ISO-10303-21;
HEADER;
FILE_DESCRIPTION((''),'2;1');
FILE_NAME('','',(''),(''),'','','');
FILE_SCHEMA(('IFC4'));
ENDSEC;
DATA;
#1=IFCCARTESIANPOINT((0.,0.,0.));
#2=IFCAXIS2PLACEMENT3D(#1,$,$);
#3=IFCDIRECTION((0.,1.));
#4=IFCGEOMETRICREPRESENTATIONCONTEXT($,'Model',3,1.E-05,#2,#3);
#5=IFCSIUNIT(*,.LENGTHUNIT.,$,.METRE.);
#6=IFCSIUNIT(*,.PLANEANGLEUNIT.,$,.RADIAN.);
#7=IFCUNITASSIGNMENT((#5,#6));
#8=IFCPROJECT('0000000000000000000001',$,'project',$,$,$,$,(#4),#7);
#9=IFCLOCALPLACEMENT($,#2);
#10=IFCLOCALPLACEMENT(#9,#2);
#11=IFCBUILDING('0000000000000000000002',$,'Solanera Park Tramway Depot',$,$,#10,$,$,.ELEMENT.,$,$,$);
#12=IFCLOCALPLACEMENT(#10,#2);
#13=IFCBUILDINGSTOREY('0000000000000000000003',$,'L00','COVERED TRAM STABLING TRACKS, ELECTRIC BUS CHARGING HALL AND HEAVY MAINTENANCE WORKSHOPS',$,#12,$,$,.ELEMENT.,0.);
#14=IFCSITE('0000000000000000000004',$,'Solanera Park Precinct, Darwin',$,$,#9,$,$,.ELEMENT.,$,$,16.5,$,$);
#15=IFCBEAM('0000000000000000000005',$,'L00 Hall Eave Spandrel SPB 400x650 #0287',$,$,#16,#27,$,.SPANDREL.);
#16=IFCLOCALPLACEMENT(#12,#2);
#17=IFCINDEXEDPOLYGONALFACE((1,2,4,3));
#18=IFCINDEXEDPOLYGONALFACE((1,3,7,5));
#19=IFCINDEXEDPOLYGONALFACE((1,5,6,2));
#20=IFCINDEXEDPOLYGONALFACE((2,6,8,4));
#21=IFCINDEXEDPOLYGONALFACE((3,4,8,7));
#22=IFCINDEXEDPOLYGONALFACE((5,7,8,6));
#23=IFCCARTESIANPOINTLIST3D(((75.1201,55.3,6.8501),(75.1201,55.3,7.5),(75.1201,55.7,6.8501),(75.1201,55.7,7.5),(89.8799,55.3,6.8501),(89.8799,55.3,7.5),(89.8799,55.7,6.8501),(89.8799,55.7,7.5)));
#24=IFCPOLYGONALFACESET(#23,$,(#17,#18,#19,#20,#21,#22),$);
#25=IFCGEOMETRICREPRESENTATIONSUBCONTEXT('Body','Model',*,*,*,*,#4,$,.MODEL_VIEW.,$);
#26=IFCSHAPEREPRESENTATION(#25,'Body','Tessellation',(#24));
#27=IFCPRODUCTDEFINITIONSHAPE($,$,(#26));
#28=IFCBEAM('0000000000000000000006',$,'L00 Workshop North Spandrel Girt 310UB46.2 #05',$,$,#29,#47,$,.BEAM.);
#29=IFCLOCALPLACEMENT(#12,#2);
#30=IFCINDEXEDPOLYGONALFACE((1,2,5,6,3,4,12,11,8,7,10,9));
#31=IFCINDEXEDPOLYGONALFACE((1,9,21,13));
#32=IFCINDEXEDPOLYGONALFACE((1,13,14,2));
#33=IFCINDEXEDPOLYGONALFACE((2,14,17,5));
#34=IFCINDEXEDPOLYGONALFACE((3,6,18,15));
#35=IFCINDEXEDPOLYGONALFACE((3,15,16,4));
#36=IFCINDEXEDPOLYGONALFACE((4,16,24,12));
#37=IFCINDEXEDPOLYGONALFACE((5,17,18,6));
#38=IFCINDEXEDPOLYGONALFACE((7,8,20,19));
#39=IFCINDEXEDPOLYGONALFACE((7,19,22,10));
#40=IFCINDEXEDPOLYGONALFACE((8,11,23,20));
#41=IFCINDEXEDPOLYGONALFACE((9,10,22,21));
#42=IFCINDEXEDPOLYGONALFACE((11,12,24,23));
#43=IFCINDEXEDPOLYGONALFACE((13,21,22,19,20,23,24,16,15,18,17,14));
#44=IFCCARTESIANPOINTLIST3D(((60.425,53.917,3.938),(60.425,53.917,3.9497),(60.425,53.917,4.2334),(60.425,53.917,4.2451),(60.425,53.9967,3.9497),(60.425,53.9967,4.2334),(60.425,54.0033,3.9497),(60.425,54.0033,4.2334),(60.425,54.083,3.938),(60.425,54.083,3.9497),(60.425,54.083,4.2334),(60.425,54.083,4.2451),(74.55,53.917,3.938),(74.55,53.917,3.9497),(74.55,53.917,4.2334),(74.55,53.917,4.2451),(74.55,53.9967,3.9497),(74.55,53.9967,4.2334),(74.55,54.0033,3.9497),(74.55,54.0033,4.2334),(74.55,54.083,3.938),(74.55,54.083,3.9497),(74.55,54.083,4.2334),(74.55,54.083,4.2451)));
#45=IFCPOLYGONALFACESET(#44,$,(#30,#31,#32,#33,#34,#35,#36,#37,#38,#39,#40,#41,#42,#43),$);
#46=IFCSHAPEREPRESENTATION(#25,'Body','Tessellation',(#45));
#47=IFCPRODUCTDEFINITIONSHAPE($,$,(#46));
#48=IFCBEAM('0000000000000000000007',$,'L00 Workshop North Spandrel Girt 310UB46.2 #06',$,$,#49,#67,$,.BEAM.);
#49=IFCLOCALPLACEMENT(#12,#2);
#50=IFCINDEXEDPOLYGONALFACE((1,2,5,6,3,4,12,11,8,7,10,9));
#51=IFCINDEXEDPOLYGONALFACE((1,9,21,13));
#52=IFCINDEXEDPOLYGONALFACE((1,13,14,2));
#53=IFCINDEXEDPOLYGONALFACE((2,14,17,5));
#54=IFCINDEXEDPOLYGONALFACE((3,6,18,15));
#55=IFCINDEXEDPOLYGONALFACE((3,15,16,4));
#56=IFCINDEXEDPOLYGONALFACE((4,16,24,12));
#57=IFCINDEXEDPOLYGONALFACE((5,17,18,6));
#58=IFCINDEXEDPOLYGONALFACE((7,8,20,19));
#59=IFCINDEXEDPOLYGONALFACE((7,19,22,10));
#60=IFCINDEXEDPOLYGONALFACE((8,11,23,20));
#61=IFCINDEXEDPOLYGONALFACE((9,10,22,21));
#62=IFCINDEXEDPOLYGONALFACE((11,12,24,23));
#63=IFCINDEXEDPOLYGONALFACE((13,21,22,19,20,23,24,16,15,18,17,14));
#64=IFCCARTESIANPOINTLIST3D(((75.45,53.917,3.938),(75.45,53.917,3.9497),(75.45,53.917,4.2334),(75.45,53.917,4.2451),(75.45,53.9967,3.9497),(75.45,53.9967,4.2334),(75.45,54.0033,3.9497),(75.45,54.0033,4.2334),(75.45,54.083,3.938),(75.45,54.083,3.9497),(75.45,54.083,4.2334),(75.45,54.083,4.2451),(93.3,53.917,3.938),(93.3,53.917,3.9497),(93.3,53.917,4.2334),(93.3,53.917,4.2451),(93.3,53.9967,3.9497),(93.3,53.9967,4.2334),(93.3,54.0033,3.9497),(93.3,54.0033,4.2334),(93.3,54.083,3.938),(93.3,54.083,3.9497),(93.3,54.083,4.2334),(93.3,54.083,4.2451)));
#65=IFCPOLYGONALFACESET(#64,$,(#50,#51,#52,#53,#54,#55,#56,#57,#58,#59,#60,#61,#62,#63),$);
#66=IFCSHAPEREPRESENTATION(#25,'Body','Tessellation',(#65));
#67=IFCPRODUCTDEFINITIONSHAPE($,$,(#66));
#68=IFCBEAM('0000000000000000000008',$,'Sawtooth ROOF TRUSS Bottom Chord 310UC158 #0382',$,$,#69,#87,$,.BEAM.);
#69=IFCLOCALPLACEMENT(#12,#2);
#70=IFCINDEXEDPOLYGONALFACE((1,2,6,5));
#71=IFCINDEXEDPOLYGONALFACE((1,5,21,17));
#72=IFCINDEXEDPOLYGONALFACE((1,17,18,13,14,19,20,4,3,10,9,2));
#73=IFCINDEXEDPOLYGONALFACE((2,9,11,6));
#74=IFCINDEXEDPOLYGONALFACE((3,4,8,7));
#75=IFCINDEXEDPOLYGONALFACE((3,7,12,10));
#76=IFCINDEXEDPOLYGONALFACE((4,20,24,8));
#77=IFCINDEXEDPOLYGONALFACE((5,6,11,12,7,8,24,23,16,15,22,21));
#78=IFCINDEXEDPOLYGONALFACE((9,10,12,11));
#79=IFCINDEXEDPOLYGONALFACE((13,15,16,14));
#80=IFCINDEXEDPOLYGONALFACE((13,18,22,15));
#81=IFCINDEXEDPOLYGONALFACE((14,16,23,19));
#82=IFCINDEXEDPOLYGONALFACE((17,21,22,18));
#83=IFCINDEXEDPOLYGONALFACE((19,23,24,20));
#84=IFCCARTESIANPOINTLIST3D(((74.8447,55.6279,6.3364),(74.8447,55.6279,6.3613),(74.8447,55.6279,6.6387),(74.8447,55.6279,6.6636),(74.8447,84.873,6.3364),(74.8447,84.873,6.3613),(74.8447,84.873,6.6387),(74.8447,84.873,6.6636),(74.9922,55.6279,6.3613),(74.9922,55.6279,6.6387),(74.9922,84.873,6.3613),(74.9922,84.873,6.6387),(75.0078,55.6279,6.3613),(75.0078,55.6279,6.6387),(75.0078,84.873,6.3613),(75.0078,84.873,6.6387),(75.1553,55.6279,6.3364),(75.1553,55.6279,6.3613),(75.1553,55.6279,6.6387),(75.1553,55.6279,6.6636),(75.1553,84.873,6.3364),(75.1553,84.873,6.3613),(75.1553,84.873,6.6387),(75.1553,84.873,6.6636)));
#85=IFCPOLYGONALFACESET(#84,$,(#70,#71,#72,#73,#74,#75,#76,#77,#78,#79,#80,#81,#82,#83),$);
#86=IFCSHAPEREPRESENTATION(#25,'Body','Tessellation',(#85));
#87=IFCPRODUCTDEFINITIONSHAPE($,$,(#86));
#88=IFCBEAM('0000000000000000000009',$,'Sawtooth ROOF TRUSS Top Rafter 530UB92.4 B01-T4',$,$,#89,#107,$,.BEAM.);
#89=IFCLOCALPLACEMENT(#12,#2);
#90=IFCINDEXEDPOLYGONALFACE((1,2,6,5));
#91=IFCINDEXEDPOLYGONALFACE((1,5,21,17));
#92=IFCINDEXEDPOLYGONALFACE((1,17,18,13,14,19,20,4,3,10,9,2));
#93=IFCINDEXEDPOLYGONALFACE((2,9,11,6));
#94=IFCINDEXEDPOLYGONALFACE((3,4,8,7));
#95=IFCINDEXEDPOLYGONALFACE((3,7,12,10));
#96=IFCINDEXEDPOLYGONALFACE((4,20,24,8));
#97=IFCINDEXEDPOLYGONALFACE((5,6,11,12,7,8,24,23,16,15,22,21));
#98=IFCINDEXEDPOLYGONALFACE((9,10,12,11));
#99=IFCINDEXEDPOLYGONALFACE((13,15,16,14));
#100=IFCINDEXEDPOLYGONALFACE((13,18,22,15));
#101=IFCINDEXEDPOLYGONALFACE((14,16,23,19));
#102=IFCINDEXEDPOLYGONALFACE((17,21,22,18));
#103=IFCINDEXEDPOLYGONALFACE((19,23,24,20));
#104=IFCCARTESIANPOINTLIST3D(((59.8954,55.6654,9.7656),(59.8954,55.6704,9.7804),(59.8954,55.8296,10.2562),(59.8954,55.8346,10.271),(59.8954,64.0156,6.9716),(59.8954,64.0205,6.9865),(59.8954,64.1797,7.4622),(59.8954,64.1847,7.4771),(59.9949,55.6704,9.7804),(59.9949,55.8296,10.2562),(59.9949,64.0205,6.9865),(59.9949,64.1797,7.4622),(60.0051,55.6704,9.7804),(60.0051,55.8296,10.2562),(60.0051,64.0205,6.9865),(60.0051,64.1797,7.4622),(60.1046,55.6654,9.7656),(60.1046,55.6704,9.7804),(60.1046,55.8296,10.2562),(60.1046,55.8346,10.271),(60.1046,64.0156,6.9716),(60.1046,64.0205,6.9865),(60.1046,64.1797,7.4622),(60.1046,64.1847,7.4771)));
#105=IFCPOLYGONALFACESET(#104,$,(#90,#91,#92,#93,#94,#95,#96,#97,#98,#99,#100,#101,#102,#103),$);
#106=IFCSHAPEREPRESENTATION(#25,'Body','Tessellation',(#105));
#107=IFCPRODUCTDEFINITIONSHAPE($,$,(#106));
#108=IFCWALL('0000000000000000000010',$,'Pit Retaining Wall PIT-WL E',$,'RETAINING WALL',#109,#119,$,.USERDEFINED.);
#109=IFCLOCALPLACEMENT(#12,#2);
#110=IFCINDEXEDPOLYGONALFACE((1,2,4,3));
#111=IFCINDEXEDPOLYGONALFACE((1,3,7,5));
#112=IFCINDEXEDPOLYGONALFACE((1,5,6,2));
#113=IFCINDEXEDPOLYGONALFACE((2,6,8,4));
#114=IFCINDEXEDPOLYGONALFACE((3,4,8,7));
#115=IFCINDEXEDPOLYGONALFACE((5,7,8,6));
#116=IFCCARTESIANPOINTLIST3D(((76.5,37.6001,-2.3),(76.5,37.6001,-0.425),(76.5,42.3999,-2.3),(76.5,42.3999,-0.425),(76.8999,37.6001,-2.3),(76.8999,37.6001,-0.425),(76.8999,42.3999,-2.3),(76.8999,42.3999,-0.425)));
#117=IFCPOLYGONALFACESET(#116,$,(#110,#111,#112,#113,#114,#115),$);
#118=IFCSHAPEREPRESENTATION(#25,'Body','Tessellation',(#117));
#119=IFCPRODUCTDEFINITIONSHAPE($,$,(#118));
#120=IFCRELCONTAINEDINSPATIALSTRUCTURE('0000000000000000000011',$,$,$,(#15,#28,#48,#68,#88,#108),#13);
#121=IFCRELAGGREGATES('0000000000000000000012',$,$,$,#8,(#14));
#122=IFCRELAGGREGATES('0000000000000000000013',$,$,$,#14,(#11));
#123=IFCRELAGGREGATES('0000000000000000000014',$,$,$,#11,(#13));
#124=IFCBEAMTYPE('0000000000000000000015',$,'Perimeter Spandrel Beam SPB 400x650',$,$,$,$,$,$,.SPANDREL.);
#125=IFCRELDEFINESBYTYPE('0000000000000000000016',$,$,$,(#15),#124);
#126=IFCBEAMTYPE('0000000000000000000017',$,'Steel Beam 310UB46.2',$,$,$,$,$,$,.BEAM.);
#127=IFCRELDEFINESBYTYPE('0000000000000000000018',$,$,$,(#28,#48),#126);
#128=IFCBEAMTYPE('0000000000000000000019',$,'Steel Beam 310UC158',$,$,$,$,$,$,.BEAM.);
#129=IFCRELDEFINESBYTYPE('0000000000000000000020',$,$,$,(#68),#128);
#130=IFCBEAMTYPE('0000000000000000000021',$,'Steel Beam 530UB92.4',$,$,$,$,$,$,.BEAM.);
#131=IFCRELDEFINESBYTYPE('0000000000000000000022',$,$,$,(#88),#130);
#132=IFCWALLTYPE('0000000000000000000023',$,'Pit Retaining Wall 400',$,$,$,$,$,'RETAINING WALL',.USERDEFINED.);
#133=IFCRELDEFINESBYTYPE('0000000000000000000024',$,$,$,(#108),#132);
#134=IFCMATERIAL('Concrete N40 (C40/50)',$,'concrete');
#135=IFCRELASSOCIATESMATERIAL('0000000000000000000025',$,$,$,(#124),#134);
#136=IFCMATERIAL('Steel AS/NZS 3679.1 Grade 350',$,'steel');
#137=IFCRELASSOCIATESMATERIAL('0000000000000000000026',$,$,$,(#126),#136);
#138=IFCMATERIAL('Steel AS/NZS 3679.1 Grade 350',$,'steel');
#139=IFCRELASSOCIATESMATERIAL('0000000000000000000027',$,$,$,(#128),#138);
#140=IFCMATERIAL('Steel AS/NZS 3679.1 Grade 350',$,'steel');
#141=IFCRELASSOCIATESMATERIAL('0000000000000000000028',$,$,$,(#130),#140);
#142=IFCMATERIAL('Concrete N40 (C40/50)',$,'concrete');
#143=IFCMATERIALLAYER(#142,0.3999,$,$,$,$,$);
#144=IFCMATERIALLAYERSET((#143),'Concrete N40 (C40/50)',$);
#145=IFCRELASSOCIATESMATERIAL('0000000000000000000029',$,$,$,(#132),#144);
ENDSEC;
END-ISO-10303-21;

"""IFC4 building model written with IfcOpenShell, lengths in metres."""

from ifc_helpers import new_model, si_unit, direction, frame, frame_2d, origin, origin_2d, place, context, subcontext, project, spatial, rectangle, i_section, extrude, material, layer, layer_set, material_profile, profile_set, type_object, element, save


model = new_model("IFC4")

# Units and contexts
model_context = context("Model", 3, precision=1e-05, world=origin(), true_north=direction((0.0, 1.0)))
body_context = subcontext(model_context, "Body", "Model", "MODEL_VIEW")
ifc_project = project(units=[si_unit("LENGTHUNIT", "METRE"), si_unit("PLANEANGLEUNIT", "RADIAN")], contexts=[model_context])

# Site, building, storey
site_placement = place(None, origin())
site = spatial("IfcSite", under=ifc_project, at=site_placement, Name="Solanera Park Precinct, Darwin", CompositionType="ELEMENT", RefElevation=16.5)
building_placement = place(site_placement, origin())
building = spatial("IfcBuilding", under=site, at=building_placement, Name="Solanera Park Tramway Depot", CompositionType="ELEMENT")
storey_placement = place(building_placement, origin())
storey = spatial("IfcBuildingStorey", under=building, at=storey_placement, Name="L00", Description="COVERED TRAM STABLING TRACKS, ELECTRIC BUS CHARGING HALL AND HEAVY MAINTENANCE WORKSHOPS", CompositionType="ELEMENT", Elevation=0.0)

# Beams
ifc_material_1 = material(Name="Concrete N40 (C40/50)", Category="concrete")
ifc_material_profile_1 = material_profile(ifc_material_1, rectangle(XDim=0.3999, YDim=0.6499, at=origin_2d()), Name="SPB 400x650")
ifc_profile_set_1 = profile_set([ifc_material_profile_1], Name="Concrete N40 (C40/50)")
beam_type_1 = type_object("IfcBeamType", Name="Perimeter Spandrel Beam SPB 400x650", PredefinedType="SPANDREL", material=ifc_profile_set_1)
beam_1_placement = place(storey_placement, frame((75.1201, 55.5, 7.175), z_axis=(1.0, 0.0, 0.0), x_axis=(0.0, 1.0, 0.0)))
element("IfcBeam", 1, at=beam_1_placement, inside=storey, type_object=beam_type_1, Name="L00 Hall Eave Spandrel SPB 400x650 #0287", PredefinedType="SPANDREL", context=body_context, shape_type="SweptSolid", body=[
    extrude(rectangle(XDim=0.3999, YDim=0.6499, at=origin_2d()), origin(), (0.0, 0.0, 1.0), 14.7598),
])
ifc_material_2 = material(Name="Steel AS/NZS 3679.1 Grade 350", Category="steel")
ifc_material_profile_2 = material_profile(ifc_material_2, i_section(OverallWidth=0.166, OverallDepth=0.3071, WebThickness=0.0066, FlangeThickness=0.0117, at=origin_2d()), Name="310UB46.2")
ifc_profile_set_2 = profile_set([ifc_material_profile_2], Name="Steel AS/NZS 3679.1 Grade 350")
beam_type_2 = type_object("IfcBeamType", Name="Steel Beam 310UB46.2", PredefinedType="BEAM", material=ifc_profile_set_2)
beam_2_placement = place(storey_placement, frame((60.425, 54.0, 4.0916), z_axis=(1.0, 0.0, 0.0), x_axis=(0.0, 1.0, 0.0)))
element("IfcBeam", 2, at=beam_2_placement, inside=storey, type_object=beam_type_2, Name="L00 Workshop North Spandrel Girt 310UB46.2 #05", PredefinedType="BEAM", context=body_context, shape_type="SweptSolid", body=[
    extrude(i_section(OverallWidth=0.166, OverallDepth=0.3071, WebThickness=0.0066, FlangeThickness=0.0117, at=origin_2d()), origin(), (0.0, 0.0, 1.0), 14.125),
])
beam_3_placement = place(storey_placement, frame((75.45, 54.0, 4.0916), z_axis=(1.0, 0.0, 0.0), x_axis=(0.0, 1.0, 0.0)))
element("IfcBeam", 3, at=beam_3_placement, inside=storey, type_object=beam_type_2, Name="L00 Workshop North Spandrel Girt 310UB46.2 #06", PredefinedType="BEAM", context=body_context, shape_type="SweptSolid", body=[
    extrude(i_section(OverallWidth=0.166, OverallDepth=0.3071, WebThickness=0.0066, FlangeThickness=0.0117, at=origin_2d()), origin(), (0.0, 0.0, 1.0), 17.8501),
])
ifc_material_3 = material(Name="Steel AS/NZS 3679.1 Grade 350", Category="steel")
ifc_material_profile_3 = material_profile(ifc_material_3, i_section(OverallWidth=0.3105, OverallDepth=0.3271, WebThickness=0.0156, FlangeThickness=0.0249, at=origin_2d()), Name="310UC158")
ifc_profile_set_3 = profile_set([ifc_material_profile_3], Name="Steel AS/NZS 3679.1 Grade 350")
beam_type_3 = type_object("IfcBeamType", Name="Steel Beam 310UC158", PredefinedType="BEAM", material=ifc_profile_set_3)
beam_4_placement = place(storey_placement, frame((75.0, 55.6279, 6.5), z_axis=(0.0, 1.0, 0.0), x_axis=(-1.0, 0.0, 0.0)))
element("IfcBeam", 4, at=beam_4_placement, inside=storey, type_object=beam_type_3, Name="Sawtooth ROOF TRUSS Bottom Chord 310UC158 #0382", PredefinedType="BEAM", context=body_context, shape_type="SweptSolid", body=[
    extrude(i_section(OverallWidth=0.3105, OverallDepth=0.3271, WebThickness=0.0156, FlangeThickness=0.0249, at=origin_2d()), origin(), (0.0, 0.0, 1.0), 29.2451),
])
ifc_material_4 = material(Name="Steel AS/NZS 3679.1 Grade 350", Category="steel")
ifc_material_profile_4 = material_profile(ifc_material_4, i_section(OverallWidth=0.2092, OverallDepth=0.533, WebThickness=0.0103, FlangeThickness=0.0156, at=origin_2d()), Name="530UB92.4")
ifc_profile_set_4 = profile_set([ifc_material_profile_4], Name="Steel AS/NZS 3679.1 Grade 350")
beam_type_4 = type_object("IfcBeamType", Name="Steel Beam 530UB92.4", PredefinedType="BEAM", material=ifc_profile_set_4)
beam_5_placement = place(storey_placement, frame((60.0, 55.75, 10.0183), z_axis=(0.0, 0.948322, -0.317309), x_axis=(-1.0, 0.0, 0.0)))
element("IfcBeam", 5, at=beam_5_placement, inside=storey, type_object=beam_type_4, Name="Sawtooth ROOF TRUSS Top Rafter 530UB92.4 B01-T4", PredefinedType="BEAM", context=body_context, shape_type="SweptSolid", body=[
    extrude(i_section(OverallWidth=0.2092, OverallDepth=0.533, WebThickness=0.0103, FlangeThickness=0.0156, at=origin_2d()), origin(), (0.0, 0.0, 1.0), 8.8052),
])

# Wall
ifc_material_5 = material(Name="Concrete N40 (C40/50)", Category="concrete")
ifc_layer_1 = layer(ifc_material_5, 0.3999)
ifc_layer_set_1 = layer_set([ifc_layer_1], Name="Concrete N40 (C40/50)")
wall_type = type_object("IfcWallType", Name="Pit Retaining Wall 400", ElementType="RETAINING WALL", PredefinedType="USERDEFINED", material=ifc_layer_set_1)
wall_placement = place(storey_placement, frame((76.7, 37.6001, -2.3), z_axis=(0.0, 0.0, 1.0), x_axis=(0.0, 1.0, 0.0)))
element("IfcWall", 6, at=wall_placement, inside=storey, type_object=wall_type, Name="Pit Retaining Wall PIT-WL E", ObjectType="RETAINING WALL", PredefinedType="USERDEFINED", context=body_context, shape_type="SweptSolid", body=[
    extrude(rectangle(XDim=4.7998, YDim=0.3999, at=frame_2d((2.3999, 0.0))), origin(), (0.0, 0.0, 1.0), 1.875),
])

save(model, "model.ifc")
